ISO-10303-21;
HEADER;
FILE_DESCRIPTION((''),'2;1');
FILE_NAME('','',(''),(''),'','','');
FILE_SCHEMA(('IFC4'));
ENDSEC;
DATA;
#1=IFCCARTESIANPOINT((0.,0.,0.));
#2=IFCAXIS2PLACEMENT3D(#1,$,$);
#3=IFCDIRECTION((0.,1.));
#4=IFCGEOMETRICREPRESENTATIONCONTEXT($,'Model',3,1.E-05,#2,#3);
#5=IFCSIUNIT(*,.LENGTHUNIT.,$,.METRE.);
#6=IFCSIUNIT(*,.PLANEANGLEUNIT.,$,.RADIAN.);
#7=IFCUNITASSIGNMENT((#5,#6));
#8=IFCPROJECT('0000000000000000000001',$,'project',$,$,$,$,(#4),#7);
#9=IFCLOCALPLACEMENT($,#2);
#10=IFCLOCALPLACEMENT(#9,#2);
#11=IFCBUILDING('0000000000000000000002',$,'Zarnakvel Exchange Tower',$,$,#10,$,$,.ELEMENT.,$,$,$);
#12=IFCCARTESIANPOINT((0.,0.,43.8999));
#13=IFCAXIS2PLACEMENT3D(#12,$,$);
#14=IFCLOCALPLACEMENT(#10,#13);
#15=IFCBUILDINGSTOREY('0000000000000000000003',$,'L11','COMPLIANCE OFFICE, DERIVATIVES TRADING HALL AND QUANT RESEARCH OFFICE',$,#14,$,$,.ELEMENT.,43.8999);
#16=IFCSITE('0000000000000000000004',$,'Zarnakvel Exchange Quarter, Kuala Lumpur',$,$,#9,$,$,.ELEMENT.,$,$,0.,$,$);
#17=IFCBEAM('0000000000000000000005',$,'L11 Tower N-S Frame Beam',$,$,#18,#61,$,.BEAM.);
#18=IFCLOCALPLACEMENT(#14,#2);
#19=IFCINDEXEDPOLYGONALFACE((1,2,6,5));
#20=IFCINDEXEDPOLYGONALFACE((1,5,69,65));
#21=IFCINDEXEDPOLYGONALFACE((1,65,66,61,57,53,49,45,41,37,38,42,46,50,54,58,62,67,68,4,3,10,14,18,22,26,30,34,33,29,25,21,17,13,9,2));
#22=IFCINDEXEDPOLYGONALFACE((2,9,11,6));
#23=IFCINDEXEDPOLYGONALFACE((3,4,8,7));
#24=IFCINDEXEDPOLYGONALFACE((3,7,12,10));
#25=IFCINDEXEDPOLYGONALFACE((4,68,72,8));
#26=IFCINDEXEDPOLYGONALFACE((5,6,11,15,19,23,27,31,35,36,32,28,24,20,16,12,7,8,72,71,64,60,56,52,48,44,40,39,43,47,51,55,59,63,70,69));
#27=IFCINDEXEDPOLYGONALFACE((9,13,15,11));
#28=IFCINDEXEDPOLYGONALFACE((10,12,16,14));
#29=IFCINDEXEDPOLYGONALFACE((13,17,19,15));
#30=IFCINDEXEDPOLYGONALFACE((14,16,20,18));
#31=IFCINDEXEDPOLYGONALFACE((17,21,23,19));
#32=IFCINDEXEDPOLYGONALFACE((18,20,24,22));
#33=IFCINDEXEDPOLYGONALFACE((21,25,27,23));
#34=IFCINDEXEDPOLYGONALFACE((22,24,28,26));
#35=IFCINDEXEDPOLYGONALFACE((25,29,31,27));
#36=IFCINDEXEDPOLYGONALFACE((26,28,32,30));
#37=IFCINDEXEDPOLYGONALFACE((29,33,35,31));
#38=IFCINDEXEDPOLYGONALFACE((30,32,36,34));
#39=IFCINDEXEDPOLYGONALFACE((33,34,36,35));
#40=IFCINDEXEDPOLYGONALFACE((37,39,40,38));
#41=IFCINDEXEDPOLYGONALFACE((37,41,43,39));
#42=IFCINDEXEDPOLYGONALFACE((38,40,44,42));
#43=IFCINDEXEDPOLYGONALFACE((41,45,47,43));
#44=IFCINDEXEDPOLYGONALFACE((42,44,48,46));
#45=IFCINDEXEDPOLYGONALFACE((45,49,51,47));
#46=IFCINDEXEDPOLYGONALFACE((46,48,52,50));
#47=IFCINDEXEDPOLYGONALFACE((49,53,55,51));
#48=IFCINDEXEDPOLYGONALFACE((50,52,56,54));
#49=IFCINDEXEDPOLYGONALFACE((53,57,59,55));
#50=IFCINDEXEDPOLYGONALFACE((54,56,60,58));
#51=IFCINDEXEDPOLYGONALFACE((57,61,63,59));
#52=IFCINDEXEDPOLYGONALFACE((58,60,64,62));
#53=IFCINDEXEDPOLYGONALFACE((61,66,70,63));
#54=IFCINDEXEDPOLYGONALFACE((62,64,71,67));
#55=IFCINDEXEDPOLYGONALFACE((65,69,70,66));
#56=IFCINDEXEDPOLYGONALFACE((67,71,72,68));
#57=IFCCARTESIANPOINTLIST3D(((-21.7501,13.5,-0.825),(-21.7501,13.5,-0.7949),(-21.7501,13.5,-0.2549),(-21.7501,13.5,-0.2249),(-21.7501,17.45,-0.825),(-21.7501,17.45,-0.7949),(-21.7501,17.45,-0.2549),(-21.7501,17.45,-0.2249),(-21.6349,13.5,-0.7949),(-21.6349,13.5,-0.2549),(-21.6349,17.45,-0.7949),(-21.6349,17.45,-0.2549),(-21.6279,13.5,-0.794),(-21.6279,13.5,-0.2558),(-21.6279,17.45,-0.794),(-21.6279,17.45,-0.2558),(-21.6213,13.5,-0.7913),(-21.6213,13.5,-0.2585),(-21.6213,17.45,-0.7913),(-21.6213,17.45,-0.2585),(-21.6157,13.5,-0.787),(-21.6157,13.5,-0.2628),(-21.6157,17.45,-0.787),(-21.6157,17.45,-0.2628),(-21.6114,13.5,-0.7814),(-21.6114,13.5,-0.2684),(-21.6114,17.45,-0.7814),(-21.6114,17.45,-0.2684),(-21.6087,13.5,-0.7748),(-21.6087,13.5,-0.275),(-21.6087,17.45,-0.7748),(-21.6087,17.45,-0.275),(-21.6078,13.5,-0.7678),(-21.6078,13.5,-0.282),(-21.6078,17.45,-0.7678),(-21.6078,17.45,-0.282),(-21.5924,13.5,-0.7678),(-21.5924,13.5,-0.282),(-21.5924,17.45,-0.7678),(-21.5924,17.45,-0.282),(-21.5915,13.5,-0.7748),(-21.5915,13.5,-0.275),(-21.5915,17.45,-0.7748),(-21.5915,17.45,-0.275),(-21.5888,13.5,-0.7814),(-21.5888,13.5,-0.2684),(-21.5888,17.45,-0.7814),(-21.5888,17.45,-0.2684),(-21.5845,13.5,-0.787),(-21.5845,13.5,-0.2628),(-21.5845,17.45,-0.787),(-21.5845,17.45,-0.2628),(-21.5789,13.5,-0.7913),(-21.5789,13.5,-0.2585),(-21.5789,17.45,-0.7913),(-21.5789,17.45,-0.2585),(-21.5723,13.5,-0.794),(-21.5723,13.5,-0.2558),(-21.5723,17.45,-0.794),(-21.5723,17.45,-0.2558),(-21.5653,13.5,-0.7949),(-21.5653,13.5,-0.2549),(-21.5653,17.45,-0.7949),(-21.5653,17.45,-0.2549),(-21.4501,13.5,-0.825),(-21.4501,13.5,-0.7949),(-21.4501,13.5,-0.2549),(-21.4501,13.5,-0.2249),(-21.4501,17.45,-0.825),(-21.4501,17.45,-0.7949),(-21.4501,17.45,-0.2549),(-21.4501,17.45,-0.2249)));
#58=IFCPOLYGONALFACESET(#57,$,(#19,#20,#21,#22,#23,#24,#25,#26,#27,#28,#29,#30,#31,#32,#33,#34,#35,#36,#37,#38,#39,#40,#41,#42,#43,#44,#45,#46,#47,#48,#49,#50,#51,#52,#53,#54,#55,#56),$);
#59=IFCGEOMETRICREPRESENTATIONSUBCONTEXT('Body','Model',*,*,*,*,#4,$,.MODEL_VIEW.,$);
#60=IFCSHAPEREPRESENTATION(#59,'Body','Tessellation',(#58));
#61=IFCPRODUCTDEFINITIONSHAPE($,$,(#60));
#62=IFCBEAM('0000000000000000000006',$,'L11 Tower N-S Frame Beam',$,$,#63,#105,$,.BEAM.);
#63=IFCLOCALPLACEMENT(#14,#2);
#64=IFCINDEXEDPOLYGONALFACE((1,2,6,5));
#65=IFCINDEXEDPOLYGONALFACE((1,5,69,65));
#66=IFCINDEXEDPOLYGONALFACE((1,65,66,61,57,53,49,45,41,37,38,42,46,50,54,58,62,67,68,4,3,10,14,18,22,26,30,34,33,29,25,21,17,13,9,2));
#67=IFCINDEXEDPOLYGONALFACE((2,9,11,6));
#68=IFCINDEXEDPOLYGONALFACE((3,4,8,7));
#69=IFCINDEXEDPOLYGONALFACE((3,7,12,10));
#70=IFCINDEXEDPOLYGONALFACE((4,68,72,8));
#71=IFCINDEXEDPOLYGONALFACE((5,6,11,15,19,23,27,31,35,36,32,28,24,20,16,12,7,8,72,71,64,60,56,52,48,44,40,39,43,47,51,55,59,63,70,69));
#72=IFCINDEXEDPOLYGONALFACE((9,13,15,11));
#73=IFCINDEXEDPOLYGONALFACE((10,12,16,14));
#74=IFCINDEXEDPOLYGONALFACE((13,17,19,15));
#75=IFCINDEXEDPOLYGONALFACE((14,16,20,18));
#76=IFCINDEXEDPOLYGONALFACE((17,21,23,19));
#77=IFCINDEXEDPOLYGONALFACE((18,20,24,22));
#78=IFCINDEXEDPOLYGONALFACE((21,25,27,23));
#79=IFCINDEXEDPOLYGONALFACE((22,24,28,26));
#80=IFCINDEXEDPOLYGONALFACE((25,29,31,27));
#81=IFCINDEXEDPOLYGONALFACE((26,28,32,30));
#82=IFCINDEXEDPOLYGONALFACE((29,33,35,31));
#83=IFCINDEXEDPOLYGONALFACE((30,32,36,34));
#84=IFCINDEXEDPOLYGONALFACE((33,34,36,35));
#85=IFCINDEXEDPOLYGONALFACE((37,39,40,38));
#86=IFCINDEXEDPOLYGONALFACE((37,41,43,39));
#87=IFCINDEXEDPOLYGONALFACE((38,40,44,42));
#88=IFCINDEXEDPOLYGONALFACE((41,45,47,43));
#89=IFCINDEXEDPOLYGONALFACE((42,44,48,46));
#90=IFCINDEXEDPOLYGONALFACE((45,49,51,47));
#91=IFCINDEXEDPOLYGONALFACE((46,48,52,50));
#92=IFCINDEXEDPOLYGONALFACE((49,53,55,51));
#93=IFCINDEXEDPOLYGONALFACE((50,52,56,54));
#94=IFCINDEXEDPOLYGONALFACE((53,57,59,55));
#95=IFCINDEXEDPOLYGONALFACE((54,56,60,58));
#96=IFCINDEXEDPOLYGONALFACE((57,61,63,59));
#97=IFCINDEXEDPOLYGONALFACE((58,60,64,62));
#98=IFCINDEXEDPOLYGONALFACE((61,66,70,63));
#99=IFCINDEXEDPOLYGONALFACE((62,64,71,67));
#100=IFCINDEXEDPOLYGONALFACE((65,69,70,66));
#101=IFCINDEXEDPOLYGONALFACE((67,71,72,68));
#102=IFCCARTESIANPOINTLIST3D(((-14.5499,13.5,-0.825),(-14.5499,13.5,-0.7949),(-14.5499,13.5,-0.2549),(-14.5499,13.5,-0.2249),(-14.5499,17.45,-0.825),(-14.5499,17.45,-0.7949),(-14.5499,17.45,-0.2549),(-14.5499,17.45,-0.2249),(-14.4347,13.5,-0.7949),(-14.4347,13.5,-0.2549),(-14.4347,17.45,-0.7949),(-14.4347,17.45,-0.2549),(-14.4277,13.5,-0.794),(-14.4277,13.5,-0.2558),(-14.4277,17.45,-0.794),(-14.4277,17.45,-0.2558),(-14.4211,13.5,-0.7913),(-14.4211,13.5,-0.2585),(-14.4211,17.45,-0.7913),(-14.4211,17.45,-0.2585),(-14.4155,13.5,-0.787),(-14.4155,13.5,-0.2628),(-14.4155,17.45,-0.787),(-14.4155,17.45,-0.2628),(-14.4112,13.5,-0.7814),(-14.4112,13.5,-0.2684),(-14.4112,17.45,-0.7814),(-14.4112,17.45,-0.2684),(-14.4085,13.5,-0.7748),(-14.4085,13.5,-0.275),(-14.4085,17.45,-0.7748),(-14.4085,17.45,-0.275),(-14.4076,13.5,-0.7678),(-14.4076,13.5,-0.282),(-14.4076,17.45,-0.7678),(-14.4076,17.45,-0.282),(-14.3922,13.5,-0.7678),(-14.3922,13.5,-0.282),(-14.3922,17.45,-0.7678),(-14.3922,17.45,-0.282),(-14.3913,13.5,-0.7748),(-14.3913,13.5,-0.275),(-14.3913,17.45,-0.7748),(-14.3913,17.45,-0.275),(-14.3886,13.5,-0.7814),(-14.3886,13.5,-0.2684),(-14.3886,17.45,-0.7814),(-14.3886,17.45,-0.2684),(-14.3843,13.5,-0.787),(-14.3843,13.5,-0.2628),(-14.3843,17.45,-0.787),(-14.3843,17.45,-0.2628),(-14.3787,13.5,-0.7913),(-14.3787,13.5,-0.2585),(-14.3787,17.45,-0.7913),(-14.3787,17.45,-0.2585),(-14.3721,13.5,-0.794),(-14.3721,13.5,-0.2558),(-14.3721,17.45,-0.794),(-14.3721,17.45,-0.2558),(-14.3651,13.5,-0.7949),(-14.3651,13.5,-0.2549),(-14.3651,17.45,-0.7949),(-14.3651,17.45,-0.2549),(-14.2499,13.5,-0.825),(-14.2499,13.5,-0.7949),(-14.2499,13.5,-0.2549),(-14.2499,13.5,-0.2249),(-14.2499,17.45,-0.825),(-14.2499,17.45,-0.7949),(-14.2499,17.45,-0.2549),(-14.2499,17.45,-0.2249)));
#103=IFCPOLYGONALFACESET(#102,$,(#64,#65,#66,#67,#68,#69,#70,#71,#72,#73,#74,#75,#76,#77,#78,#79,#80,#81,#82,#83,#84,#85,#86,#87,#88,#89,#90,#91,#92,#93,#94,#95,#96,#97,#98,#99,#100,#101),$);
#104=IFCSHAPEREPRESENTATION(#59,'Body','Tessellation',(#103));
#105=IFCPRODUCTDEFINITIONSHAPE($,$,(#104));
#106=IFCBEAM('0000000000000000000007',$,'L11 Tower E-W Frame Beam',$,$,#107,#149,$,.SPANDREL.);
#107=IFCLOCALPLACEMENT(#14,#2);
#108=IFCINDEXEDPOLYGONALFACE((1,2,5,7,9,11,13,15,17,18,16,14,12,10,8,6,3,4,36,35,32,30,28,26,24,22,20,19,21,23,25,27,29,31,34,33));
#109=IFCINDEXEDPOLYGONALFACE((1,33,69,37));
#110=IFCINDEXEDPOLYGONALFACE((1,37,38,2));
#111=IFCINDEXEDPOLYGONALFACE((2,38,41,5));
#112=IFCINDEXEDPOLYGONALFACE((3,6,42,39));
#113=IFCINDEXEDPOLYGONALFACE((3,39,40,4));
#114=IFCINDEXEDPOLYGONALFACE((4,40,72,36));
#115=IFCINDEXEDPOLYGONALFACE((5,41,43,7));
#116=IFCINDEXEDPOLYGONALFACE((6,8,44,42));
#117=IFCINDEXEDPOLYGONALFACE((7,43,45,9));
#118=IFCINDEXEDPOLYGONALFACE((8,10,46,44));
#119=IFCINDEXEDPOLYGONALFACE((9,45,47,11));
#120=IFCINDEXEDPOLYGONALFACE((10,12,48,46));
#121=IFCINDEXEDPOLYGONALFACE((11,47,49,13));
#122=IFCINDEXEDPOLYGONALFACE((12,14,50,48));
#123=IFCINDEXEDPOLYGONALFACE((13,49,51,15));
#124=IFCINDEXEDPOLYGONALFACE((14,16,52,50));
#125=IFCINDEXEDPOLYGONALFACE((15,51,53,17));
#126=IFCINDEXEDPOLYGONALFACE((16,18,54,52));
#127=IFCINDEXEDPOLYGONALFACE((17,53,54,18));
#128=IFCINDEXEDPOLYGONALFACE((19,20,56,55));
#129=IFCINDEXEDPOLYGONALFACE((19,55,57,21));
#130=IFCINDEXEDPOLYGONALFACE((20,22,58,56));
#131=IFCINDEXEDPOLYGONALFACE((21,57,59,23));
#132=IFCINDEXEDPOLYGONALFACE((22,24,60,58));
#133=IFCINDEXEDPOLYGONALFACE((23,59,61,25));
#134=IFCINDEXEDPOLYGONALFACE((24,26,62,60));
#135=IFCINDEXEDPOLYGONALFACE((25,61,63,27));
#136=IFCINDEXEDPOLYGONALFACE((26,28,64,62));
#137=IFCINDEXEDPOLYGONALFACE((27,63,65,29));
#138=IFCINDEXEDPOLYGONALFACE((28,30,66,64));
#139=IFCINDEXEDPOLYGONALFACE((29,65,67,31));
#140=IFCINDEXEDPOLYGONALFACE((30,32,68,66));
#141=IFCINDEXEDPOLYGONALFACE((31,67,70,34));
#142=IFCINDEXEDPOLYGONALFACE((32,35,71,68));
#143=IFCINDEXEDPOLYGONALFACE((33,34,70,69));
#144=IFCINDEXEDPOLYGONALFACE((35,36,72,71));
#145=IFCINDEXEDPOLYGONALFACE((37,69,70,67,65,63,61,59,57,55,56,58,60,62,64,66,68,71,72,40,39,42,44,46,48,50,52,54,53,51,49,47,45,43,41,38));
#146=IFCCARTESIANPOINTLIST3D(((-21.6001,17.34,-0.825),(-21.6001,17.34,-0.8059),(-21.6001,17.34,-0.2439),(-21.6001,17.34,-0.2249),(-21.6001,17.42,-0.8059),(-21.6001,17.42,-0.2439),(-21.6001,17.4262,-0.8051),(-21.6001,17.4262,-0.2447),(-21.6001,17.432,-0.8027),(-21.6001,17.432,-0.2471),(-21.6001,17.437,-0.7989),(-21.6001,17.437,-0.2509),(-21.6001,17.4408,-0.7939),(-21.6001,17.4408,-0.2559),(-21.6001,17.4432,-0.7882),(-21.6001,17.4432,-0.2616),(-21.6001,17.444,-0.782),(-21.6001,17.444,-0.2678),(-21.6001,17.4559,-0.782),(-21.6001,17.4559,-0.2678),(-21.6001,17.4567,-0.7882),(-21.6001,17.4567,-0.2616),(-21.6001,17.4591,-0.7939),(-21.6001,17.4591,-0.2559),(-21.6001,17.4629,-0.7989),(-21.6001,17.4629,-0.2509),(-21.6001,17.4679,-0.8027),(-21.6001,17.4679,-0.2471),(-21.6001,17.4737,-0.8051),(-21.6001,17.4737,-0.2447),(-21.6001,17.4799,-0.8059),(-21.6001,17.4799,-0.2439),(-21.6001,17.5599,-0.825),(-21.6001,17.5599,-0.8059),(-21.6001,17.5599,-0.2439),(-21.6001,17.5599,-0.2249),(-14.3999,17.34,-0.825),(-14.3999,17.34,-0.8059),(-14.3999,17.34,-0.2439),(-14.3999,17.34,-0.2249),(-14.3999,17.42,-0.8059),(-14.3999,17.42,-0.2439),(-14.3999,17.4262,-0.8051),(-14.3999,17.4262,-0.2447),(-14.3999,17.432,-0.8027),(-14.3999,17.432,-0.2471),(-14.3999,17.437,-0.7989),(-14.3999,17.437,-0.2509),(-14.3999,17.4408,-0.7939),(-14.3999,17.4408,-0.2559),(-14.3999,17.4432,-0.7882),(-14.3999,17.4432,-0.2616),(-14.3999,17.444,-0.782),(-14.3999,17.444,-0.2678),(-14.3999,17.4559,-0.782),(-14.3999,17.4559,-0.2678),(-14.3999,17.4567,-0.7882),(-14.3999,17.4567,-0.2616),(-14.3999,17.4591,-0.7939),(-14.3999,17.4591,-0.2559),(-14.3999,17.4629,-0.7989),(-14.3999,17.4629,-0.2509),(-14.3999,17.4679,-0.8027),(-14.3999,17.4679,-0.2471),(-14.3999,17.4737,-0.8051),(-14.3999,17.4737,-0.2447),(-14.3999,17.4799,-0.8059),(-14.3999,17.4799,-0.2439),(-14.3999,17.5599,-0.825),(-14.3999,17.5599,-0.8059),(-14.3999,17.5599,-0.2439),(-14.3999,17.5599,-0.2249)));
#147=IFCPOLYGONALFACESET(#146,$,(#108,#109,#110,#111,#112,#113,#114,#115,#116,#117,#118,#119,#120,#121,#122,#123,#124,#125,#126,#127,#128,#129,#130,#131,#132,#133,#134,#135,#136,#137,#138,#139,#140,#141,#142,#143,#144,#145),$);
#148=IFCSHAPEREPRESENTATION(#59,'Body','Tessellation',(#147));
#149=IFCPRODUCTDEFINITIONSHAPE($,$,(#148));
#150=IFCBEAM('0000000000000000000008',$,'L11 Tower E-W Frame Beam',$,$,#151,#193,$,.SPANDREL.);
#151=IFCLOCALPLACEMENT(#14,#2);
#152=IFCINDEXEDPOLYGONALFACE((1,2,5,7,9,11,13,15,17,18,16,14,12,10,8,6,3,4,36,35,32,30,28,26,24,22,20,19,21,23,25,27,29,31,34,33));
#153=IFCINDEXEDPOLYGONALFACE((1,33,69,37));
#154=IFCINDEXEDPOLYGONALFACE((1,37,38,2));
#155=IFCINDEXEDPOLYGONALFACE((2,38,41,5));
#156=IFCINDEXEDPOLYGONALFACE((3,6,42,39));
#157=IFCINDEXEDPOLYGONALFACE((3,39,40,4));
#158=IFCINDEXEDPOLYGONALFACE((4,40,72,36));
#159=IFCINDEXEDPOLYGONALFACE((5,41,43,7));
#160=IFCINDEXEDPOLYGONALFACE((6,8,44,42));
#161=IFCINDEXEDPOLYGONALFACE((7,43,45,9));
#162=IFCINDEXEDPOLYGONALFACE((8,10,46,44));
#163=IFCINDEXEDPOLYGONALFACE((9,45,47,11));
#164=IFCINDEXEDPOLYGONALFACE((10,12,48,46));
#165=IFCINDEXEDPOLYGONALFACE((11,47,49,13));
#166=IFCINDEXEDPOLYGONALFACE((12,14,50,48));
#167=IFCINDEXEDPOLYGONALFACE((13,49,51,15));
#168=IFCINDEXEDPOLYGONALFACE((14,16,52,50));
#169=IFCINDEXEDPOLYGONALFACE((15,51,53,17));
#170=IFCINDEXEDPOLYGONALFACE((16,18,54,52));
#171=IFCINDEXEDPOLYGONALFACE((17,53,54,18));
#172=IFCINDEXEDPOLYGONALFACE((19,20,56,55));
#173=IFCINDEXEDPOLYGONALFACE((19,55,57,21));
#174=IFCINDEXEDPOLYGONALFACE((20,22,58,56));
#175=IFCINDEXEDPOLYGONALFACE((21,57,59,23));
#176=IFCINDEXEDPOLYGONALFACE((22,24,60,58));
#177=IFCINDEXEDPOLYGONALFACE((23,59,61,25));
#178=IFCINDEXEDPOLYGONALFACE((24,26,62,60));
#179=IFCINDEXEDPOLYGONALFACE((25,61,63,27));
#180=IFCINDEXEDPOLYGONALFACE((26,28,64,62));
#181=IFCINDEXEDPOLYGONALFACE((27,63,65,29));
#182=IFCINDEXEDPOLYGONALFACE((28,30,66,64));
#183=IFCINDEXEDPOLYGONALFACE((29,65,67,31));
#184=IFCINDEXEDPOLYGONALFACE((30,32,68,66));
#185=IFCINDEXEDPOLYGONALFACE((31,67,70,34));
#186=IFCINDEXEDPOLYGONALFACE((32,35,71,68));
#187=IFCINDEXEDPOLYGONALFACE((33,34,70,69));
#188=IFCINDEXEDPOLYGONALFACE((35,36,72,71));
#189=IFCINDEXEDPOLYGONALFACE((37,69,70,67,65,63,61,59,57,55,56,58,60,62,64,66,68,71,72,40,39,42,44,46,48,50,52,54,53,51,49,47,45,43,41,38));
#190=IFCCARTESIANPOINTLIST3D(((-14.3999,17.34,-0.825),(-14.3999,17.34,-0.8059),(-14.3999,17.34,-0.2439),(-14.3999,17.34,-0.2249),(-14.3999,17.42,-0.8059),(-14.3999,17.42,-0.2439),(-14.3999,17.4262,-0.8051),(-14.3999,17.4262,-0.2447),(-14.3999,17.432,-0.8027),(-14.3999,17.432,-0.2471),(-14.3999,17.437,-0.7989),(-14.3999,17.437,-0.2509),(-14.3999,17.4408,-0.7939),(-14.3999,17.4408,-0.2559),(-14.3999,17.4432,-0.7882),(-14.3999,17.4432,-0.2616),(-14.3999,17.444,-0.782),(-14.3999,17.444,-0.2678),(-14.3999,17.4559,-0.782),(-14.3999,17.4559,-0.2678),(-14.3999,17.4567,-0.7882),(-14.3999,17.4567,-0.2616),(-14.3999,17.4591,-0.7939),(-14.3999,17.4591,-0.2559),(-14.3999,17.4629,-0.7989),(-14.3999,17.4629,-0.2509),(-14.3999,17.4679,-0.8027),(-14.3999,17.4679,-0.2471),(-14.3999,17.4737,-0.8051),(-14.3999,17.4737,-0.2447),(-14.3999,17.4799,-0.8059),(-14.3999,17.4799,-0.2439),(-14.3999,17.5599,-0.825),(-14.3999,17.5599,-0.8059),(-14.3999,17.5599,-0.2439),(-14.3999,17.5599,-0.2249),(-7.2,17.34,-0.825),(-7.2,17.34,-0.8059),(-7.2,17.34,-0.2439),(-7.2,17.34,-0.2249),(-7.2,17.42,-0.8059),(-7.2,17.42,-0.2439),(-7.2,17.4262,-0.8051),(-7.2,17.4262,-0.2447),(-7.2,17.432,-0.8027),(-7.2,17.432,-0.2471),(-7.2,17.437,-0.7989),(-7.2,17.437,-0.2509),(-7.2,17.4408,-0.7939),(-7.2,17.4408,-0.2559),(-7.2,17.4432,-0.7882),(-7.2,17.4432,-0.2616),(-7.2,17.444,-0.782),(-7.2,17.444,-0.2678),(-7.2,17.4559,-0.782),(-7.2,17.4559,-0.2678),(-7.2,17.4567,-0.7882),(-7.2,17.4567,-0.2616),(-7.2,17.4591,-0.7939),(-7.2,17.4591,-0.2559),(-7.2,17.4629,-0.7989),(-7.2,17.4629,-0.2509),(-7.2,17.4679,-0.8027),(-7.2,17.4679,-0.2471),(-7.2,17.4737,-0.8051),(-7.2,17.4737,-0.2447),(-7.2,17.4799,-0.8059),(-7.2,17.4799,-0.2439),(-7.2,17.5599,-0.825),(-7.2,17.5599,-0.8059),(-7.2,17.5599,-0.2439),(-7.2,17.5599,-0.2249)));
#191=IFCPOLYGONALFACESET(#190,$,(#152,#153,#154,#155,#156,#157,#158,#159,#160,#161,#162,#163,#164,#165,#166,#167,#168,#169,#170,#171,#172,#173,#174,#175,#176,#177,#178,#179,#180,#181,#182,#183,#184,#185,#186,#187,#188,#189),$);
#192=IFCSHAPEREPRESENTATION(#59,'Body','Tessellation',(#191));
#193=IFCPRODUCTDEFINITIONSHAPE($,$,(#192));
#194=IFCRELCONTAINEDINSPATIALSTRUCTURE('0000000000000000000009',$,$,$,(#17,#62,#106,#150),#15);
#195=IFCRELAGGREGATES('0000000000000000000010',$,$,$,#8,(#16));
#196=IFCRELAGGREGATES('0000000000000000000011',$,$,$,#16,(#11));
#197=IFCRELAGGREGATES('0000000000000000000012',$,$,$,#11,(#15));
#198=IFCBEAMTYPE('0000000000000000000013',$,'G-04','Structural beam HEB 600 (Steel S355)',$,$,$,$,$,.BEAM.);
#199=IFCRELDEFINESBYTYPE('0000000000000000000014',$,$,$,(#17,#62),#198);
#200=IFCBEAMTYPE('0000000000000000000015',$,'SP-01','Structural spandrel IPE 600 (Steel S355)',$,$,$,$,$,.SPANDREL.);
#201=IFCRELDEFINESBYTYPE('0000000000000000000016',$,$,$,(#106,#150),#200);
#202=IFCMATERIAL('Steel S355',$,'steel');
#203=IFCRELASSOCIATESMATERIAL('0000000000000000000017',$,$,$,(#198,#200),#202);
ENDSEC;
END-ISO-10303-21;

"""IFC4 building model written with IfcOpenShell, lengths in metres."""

from ifc_helpers import new_model, si_unit, direction, frame, origin, origin_2d, place, context, subcontext, project, spatial, i_section, extrude, material, material_profile, profile_set, type_object, element, save


model = new_model("IFC4")

# Units and contexts
model_context = context("Model", 3, precision=1e-05, world=origin(), true_north=direction((0.0, 1.0)))
body_context = subcontext(model_context, "Body", "Model", "MODEL_VIEW")
ifc_project = project(units=[si_unit("LENGTHUNIT", "METRE"), si_unit("PLANEANGLEUNIT", "RADIAN")], contexts=[model_context])

# Site, building, storey
site_placement = place(None, origin())
site = spatial("IfcSite", under=ifc_project, at=site_placement, Name="Zarnakvel Exchange Quarter, Kuala Lumpur", CompositionType="ELEMENT", RefElevation=0.0)
building_placement = place(site_placement, origin())
building = spatial("IfcBuilding", under=site, at=building_placement, Name="Zarnakvel Exchange Tower", CompositionType="ELEMENT")
storey_placement = place(building_placement, frame((0.0, 0.0, 43.8999)))
storey = spatial("IfcBuildingStorey", under=building, at=storey_placement, Name="L11", Description="COMPLIANCE OFFICE, DERIVATIVES TRADING HALL AND QUANT RESEARCH OFFICE", CompositionType="ELEMENT", Elevation=43.8999)

# Beams
ifc_material_1 = material(Name="Steel S355", Category="steel")
ifc_material_profile_1 = material_profile(ifc_material_1, i_section(OverallWidth=0.3, OverallDepth=0.6001, WebThickness=0.0154, FlangeThickness=0.03, FilletRadius=0.0271, at=origin_2d()))
ifc_profile_set_1 = profile_set([ifc_material_profile_1], Name="Steel S355")
beam_type_1 = type_object("IfcBeamType", Name="G-04", Description="Structural beam HEB 600 (Steel S355)", PredefinedType="BEAM", material=ifc_profile_set_1)
for number, where, z_axis, x_axis, name in (
    (1, (-21.6001, 13.5, -0.5249), (0.0, 1.0, 0.0), (-1.0, 0.0, 0.0), "L11 Tower N-S Frame Beam"),
    (2, (-14.3999, 13.5, -0.5249), (0.0, 1.0, 0.0), (-1.0, 0.0, 0.0), "L11 Tower N-S Frame Beam"),
):
    element("IfcBeam", number, at=place(storey_placement, frame(where, z_axis=z_axis, x_axis=x_axis)), inside=storey, type_object=beam_type_1, Name=name, PredefinedType="BEAM", context=body_context, shape_type="SweptSolid", body=[
        extrude(i_section(OverallWidth=0.3, OverallDepth=0.6001, WebThickness=0.0154, FlangeThickness=0.03, FilletRadius=0.0271, at=origin_2d()), origin(), (0.0, 0.0, 1.0), 3.95),
    ])
ifc_material_profile_2 = material_profile(ifc_material_1, i_section(OverallWidth=0.22, OverallDepth=0.6001, WebThickness=0.012, FlangeThickness=0.019, FilletRadius=0.0239, at=origin_2d()))
ifc_profile_set_2 = profile_set([ifc_material_profile_2], Name="Steel S355")
beam_type_2 = type_object("IfcBeamType", Name="SP-01", Description="Structural spandrel IPE 600 (Steel S355)", PredefinedType="SPANDREL", material=ifc_profile_set_2)
beam_1_placement = place(storey_placement, frame((-21.6001, 17.45, -0.5249), z_axis=(1.0, 0.0, 0.0), x_axis=(0.0, 1.0, 0.0)))
element("IfcBeam", 3, at=beam_1_placement, inside=storey, type_object=beam_type_2, Name="L11 Tower E-W Frame Beam", PredefinedType="SPANDREL", context=body_context, shape_type="SweptSolid", body=[
    extrude(i_section(OverallWidth=0.22, OverallDepth=0.6001, WebThickness=0.012, FlangeThickness=0.019, FilletRadius=0.0239, at=origin_2d()), origin(), (0.0, 0.0, 1.0), 7.2002),
])
beam_2_placement = place(storey_placement, frame((-14.3999, 17.45, -0.5249), z_axis=(1.0, 0.0, 0.0), x_axis=(0.0, 1.0, 0.0)))
element("IfcBeam", 4, at=beam_2_placement, inside=storey, type_object=beam_type_2, Name="L11 Tower E-W Frame Beam", PredefinedType="SPANDREL", context=body_context, shape_type="SweptSolid", body=[
    extrude(i_section(OverallWidth=0.22, OverallDepth=0.6001, WebThickness=0.012, FlangeThickness=0.019, FilletRadius=0.0239, at=origin_2d()), origin(), (0.0, 0.0, 1.0), 7.2),
])

save(model, "model.ifc")
